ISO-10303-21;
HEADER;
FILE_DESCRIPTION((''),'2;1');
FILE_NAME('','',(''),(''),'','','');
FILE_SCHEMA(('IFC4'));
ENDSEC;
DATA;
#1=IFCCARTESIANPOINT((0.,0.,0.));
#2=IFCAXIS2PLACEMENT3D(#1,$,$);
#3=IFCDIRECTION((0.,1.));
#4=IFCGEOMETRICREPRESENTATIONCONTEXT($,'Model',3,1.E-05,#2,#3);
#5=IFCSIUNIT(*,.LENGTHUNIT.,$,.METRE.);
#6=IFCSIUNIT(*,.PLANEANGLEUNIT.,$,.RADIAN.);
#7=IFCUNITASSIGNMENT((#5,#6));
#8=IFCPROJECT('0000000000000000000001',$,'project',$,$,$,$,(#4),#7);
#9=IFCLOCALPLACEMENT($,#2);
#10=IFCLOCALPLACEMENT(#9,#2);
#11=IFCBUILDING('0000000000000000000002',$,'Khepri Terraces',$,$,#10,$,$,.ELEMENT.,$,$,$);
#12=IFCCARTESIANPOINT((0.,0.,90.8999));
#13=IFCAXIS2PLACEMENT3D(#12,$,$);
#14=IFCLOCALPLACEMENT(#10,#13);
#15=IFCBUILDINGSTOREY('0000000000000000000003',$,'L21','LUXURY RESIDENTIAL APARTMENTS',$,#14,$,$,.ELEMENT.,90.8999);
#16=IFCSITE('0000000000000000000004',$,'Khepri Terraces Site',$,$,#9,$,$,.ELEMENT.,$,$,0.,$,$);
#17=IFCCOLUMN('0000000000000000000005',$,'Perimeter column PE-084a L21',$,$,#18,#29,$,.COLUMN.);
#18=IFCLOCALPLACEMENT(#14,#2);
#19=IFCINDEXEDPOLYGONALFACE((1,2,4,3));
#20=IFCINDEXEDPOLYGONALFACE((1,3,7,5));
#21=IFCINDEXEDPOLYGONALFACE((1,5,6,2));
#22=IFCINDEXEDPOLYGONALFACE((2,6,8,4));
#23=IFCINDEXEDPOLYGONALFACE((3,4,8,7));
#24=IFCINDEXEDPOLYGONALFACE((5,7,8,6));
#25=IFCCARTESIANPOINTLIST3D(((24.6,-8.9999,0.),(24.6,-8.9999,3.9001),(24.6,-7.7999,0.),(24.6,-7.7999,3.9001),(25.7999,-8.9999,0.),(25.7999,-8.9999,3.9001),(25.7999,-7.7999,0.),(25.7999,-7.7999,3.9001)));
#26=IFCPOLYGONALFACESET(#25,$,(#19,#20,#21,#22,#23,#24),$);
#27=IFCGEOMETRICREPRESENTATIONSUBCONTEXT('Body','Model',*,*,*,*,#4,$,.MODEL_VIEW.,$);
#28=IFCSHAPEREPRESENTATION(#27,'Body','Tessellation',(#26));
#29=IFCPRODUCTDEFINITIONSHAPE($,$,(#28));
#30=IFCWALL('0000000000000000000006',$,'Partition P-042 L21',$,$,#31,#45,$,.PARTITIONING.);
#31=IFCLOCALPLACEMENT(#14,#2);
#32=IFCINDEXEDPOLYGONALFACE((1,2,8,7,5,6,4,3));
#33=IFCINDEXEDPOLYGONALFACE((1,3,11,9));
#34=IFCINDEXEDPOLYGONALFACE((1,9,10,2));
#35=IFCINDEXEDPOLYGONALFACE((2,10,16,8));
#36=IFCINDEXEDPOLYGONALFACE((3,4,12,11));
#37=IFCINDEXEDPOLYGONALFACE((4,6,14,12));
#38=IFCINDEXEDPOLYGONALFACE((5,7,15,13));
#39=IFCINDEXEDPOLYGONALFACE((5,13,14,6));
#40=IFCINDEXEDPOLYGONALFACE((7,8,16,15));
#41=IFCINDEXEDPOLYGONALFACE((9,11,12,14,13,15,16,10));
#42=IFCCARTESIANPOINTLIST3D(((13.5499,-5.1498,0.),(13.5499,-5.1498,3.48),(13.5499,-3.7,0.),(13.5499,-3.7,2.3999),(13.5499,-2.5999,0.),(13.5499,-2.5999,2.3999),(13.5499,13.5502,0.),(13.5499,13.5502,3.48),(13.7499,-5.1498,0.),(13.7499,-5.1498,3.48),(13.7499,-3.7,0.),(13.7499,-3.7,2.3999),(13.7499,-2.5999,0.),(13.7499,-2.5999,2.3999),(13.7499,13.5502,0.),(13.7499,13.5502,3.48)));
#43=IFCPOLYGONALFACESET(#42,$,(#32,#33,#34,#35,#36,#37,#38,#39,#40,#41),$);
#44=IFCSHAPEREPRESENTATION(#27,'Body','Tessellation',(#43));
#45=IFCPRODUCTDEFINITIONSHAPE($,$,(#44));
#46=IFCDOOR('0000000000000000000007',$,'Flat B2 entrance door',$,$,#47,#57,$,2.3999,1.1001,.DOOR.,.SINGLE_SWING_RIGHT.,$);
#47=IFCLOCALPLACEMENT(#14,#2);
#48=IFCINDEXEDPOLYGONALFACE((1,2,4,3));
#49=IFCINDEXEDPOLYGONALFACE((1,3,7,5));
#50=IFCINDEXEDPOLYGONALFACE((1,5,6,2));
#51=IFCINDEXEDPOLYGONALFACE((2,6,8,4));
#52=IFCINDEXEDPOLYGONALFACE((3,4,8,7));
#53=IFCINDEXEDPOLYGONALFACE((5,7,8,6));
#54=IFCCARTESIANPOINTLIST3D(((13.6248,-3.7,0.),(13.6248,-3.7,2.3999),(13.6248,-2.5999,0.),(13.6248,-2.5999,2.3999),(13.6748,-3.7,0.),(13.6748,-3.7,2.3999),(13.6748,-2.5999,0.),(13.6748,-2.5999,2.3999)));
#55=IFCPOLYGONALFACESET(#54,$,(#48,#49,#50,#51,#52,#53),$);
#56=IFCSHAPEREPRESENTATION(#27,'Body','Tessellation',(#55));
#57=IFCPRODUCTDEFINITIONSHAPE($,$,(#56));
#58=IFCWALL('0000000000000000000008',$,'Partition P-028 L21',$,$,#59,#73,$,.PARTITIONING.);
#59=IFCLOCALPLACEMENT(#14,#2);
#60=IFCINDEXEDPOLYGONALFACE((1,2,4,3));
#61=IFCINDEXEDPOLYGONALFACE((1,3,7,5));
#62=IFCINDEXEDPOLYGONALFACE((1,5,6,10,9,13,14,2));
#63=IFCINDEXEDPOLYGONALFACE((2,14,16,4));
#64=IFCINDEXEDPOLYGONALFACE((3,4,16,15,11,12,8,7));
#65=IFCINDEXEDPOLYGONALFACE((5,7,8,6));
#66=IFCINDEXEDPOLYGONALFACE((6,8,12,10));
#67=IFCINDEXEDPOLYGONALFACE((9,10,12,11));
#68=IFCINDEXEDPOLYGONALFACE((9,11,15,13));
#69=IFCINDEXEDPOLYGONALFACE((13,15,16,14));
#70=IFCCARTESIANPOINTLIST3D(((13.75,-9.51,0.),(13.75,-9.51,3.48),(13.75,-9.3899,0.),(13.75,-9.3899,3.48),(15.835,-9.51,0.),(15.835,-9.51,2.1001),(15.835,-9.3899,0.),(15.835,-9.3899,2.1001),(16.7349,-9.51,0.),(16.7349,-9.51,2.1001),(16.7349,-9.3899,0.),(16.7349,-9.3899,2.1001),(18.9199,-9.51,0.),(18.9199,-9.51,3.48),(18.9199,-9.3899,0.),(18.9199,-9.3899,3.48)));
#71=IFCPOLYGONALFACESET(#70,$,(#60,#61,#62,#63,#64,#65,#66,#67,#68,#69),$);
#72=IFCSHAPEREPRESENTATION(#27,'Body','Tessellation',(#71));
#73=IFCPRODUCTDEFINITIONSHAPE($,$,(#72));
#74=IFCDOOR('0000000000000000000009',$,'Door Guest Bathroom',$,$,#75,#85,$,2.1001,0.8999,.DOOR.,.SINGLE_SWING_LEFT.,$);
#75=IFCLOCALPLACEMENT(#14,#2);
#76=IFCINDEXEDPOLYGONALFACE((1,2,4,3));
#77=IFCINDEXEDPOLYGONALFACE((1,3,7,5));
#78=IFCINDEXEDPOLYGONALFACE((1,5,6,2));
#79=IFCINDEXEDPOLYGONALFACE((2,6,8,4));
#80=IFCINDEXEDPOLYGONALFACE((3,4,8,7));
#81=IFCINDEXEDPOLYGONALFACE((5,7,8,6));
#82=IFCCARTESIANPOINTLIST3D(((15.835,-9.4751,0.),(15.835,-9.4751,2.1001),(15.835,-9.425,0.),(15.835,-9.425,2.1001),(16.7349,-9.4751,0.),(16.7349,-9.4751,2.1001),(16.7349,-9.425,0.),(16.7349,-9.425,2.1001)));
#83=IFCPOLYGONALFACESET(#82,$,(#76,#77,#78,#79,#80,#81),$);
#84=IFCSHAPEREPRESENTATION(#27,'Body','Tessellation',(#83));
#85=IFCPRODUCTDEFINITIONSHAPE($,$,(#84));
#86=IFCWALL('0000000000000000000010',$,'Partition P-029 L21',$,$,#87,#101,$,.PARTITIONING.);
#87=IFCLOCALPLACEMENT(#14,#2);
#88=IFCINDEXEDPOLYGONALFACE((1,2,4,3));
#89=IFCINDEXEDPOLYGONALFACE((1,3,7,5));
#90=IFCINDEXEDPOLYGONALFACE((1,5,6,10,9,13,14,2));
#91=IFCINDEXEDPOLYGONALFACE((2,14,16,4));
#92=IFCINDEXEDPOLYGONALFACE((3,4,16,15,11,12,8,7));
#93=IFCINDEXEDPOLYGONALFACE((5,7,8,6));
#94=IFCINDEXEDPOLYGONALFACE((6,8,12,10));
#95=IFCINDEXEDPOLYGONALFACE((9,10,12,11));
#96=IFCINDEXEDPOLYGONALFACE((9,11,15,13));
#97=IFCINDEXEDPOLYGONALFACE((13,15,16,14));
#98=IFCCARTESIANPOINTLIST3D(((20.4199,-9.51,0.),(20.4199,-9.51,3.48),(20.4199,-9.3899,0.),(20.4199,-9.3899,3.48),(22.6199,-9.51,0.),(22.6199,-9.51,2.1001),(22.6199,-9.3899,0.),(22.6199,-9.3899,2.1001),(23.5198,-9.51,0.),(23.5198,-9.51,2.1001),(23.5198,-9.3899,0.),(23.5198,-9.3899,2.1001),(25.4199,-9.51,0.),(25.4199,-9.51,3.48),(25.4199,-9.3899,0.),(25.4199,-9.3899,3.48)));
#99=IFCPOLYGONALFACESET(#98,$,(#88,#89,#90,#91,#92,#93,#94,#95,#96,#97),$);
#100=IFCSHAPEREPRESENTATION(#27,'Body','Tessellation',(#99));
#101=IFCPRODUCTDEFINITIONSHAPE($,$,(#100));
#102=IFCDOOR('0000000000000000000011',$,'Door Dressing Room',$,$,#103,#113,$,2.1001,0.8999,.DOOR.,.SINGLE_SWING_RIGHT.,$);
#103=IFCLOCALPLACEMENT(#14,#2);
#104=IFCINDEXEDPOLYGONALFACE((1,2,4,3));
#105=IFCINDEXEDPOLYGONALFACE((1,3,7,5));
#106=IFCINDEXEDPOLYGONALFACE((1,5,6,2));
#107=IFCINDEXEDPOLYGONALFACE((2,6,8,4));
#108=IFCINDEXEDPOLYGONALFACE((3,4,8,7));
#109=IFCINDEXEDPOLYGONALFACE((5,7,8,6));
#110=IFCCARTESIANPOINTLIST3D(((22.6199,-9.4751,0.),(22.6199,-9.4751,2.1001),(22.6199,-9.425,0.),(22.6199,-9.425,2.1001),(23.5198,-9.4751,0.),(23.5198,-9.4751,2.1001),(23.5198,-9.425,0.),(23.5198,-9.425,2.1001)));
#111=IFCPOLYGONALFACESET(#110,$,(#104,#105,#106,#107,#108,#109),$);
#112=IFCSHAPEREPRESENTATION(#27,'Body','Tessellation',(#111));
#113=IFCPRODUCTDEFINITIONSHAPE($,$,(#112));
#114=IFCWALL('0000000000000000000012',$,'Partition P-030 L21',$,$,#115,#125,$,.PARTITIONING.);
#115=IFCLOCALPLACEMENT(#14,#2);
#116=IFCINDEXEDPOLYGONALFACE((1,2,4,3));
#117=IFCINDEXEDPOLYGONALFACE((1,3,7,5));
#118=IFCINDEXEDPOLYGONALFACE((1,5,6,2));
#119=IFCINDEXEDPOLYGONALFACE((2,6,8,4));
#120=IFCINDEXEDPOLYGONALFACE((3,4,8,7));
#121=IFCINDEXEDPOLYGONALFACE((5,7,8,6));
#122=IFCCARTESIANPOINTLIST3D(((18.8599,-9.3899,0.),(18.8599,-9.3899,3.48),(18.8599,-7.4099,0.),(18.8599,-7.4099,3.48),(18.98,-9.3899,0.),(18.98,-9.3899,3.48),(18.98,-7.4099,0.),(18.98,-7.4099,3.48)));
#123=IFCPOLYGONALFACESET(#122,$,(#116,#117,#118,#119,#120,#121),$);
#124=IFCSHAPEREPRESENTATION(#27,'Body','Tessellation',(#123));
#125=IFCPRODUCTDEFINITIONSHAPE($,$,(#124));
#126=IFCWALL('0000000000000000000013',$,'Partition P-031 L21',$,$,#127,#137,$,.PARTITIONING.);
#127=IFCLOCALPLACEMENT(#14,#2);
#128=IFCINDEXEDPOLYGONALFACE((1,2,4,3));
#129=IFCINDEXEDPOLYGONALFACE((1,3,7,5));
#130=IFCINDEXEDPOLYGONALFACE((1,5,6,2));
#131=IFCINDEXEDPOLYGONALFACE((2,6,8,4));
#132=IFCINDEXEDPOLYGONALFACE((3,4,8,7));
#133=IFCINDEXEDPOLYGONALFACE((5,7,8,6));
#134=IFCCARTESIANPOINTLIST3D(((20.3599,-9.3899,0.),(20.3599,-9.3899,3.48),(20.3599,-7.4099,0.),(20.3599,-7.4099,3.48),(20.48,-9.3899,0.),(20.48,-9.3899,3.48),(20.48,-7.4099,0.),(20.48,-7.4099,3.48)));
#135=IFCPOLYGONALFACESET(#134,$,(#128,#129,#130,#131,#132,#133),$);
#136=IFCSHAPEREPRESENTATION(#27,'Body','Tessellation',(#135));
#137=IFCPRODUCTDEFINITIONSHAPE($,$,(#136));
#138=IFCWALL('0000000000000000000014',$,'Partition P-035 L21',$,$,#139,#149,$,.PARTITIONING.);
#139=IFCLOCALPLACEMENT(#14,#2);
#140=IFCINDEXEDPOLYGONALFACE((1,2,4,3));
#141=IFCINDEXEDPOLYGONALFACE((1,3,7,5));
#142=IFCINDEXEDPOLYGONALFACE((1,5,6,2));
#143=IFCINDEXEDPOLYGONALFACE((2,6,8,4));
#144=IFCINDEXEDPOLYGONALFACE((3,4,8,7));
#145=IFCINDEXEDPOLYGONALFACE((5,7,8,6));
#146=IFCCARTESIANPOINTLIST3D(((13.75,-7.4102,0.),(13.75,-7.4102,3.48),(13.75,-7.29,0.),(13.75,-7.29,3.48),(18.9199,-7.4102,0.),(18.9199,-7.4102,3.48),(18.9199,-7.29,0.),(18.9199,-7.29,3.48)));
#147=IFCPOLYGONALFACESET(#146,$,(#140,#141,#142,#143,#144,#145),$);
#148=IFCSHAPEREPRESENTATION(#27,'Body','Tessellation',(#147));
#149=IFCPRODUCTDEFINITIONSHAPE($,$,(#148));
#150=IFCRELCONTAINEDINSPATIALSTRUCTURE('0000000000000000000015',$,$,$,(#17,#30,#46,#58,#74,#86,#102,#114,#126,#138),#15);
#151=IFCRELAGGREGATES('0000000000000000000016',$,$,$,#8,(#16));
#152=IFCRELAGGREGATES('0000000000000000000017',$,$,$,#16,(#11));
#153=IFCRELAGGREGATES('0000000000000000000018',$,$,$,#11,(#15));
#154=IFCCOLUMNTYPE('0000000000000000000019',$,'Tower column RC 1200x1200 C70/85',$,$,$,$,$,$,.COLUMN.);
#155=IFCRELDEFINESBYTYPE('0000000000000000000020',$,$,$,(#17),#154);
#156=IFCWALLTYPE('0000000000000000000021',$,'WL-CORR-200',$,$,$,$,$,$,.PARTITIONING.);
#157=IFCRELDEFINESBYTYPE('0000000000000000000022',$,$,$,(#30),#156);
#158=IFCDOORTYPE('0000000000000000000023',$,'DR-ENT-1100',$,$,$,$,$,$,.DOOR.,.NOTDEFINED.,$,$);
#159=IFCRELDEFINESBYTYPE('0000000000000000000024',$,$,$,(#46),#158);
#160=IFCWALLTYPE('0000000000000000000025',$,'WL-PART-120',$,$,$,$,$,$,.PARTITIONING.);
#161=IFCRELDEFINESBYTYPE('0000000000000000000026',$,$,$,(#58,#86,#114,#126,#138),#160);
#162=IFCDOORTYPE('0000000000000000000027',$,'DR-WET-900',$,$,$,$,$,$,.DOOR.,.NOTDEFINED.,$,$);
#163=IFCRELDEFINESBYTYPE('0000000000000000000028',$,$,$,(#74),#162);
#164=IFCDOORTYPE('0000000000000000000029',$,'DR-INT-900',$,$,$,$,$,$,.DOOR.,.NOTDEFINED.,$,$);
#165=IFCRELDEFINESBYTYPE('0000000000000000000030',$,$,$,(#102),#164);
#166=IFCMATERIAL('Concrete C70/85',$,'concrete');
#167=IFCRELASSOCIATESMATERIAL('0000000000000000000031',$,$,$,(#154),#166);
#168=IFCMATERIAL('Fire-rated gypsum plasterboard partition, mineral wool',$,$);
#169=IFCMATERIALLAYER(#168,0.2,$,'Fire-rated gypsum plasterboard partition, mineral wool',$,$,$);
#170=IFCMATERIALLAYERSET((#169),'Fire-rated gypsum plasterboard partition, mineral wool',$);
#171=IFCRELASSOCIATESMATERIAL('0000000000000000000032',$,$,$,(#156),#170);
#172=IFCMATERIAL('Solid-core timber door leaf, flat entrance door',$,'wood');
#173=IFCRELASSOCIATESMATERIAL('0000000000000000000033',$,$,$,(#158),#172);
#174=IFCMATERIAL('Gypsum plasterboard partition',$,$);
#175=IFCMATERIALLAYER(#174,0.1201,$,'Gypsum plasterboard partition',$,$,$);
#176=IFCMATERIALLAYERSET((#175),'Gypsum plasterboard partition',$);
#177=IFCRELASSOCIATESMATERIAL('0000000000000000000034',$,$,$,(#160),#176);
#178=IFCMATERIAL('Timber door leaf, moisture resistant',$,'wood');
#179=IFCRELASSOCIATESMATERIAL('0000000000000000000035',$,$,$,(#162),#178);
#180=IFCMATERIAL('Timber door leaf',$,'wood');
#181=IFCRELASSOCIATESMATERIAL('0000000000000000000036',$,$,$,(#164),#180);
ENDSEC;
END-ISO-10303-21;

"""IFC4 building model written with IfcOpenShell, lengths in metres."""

from ifc_helpers import new_model, si_unit, direction, frame, frame_2d, origin, origin_2d, place, context, subcontext, project, spatial, rectangle, extrude, material, layer, layer_set, material_profile, profile_set, type_object, element, fill, save


model = new_model("IFC4")

# Units and contexts
model_context = context("Model", 3, precision=1e-05, world=origin(), true_north=direction((0.0, 1.0)))
body_context = subcontext(model_context, "Body", "Model", "MODEL_VIEW")
ifc_project = project(units=[si_unit("LENGTHUNIT", "METRE"), si_unit("PLANEANGLEUNIT", "RADIAN")], contexts=[model_context])

# Site, building, storey
site_placement = place(None, origin())
site = spatial("IfcSite", under=ifc_project, at=site_placement, Name="Khepri Terraces Site", CompositionType="ELEMENT", RefElevation=0.0)
building_placement = place(site_placement, origin())
building = spatial("IfcBuilding", under=site, at=building_placement, Name="Khepri Terraces", CompositionType="ELEMENT")
storey_placement = place(building_placement, frame((0.0, 0.0, 90.8999)))
storey = spatial("IfcBuildingStorey", under=building, at=storey_placement, Name="L21", Description="LUXURY RESIDENTIAL APARTMENTS", CompositionType="ELEMENT", Elevation=90.8999)

# Column
ifc_material_1 = material(Name="Concrete C70/85", Category="concrete")
ifc_material_profile = material_profile(ifc_material_1, rectangle(XDim=1.2, YDim=1.2, at=origin_2d()), Name="Concrete C70/85", Category="concrete")
ifc_profile_set = profile_set([ifc_material_profile], Name="Concrete C70/85")
column_type = type_object("IfcColumnType", Name="Tower column RC 1200x1200 C70/85", PredefinedType="COLUMN", material=ifc_profile_set)
column_placement = place(storey_placement, frame((25.2, -8.3999, 0.0), z_axis=(0.0, 0.0, 1.0), x_axis=(1.0, 0.0, 0.0)))
element("IfcColumn", 1, at=column_placement, inside=storey, type_object=column_type, Name="Perimeter column PE-084a L21", PredefinedType="COLUMN", context=body_context, shape_type="SweptSolid", body=[
    extrude(rectangle(XDim=1.2, YDim=1.2, at=origin_2d()), origin(), (0.0, 0.0, 1.0), 3.9001),
])

# Wall, opening, door
ifc_material_2 = material(Name="Fire-rated gypsum plasterboard partition, mineral wool")
ifc_layer_1 = layer(ifc_material_2, 0.2, Name="Fire-rated gypsum plasterboard partition, mineral wool")
ifc_layer_set_1 = layer_set([ifc_layer_1], Name="Fire-rated gypsum plasterboard partition, mineral wool")
wall_type_1 = type_object("IfcWallType", Name="WL-CORR-200", PredefinedType="PARTITIONING", material=ifc_layer_set_1)
wall_1_placement = place(storey_placement, frame((13.6499, -5.1499, 0.0), z_axis=(0.0, 0.0, 1.0), x_axis=(0.0, 1.0, 0.0)))
wall_1 = element("IfcWall", 2, at=wall_1_placement, inside=storey, type_object=wall_type_1, Name="Partition P-042 L21", PredefinedType="PARTITIONING", context=body_context, shape_type="SweptSolid", body=[
    extrude(rectangle(XDim=18.7, YDim=0.2, at=frame_2d((9.3501, 0.0))), origin(), (0.0, 0.0, 1.0), 3.48),
])
opening_1_placement = place(wall_1_placement, frame((1.45, 0.0, 0.0)))
opening_1 = element("IfcOpeningElement", 3, at=opening_1_placement, cuts=wall_1, PredefinedType="OPENING", context=body_context, shape_type="SweptSolid", body=[
    extrude(rectangle(XDim=1.1001, YDim=2.3999, at=frame_2d((0.55, 1.2))), frame((0.0, 0.1099, 0.0), z_axis=(0.0, -1.0, 0.0), x_axis=(1.0, 0.0, 0.0)), (0.0, 0.0, 1.0), 0.22),
])
ifc_material_3 = material(Name="Solid-core timber door leaf, flat entrance door", Category="wood")
door_type_1 = type_object("IfcDoorType", Name="DR-ENT-1100", OperationType="NOTDEFINED", PredefinedType="DOOR", material=ifc_material_3)
door_1_placement = place(opening_1_placement, frame((1.1001, 0.0, 0.0), z_axis=(0.0, 0.0, 1.0), x_axis=(-1.0, 0.0, 0.0)))
door_1 = element("IfcDoor", 4, at=door_1_placement, inside=storey, type_object=door_type_1, Name="Flat B2 entrance door", OperationType="SINGLE_SWING_RIGHT", OverallHeight=2.3999, OverallWidth=1.1001, PredefinedType="DOOR", context=body_context, shape_type="SweptSolid", body=[
    extrude(rectangle(XDim=1.1001, YDim=2.3999, at=frame_2d((0.55, 1.2))), frame((0.0, 0.0249, 0.0), z_axis=(0.0, -1.0, 0.0), x_axis=(1.0, 0.0, 0.0)), (0.0, 0.0, 1.0), 0.05),
])
fill(opening_1, door_1)

# Walls, openings, doors
ifc_material_4 = material(Name="Gypsum plasterboard partition")
ifc_layer_2 = layer(ifc_material_4, 0.1201, Name="Gypsum plasterboard partition")
ifc_layer_set_2 = layer_set([ifc_layer_2], Name="Gypsum plasterboard partition")
wall_type_2 = type_object("IfcWallType", Name="WL-PART-120", PredefinedType="PARTITIONING", material=ifc_layer_set_2)
wall_2_placement = place(storey_placement, frame((13.75, -9.45, 0.0), z_axis=(0.0, 0.0, 1.0), x_axis=(1.0, 0.0, 0.0)))
wall_2 = element("IfcWall", 5, at=wall_2_placement, inside=storey, type_object=wall_type_2, Name="Partition P-028 L21", PredefinedType="PARTITIONING", context=body_context, shape_type="SweptSolid", body=[
    extrude(rectangle(XDim=5.1699, YDim=0.1201, at=frame_2d((2.585, 0.0))), origin(), (0.0, 0.0, 1.0), 3.48),
])
opening_2_placement = place(wall_2_placement, frame((2.085, 0.0, 0.0)))
opening_2 = element("IfcOpeningElement", 6, at=opening_2_placement, cuts=wall_2, PredefinedType="OPENING", context=body_context, shape_type="SweptSolid", body=[
    extrude(rectangle(XDim=0.8999, YDim=2.1001, at=frame_2d((0.45, 1.05))), frame((0.0, 0.0701, 0.0), z_axis=(0.0, -1.0, 0.0), x_axis=(1.0, 0.0, 0.0)), (0.0, 0.0, 1.0), 0.1401),
])
ifc_material_5 = material(Name="Timber door leaf, moisture resistant", Category="wood")
door_type_2 = type_object("IfcDoorType", Name="DR-WET-900", OperationType="NOTDEFINED", PredefinedType="DOOR", material=ifc_material_5)
door_2_placement = place(opening_2_placement, origin())
door_2 = element("IfcDoor", 7, at=door_2_placement, inside=storey, type_object=door_type_2, Name="Door Guest Bathroom", OperationType="SINGLE_SWING_LEFT", OverallHeight=2.1001, OverallWidth=0.8999, PredefinedType="DOOR", context=body_context, shape_type="SweptSolid", body=[
    extrude(rectangle(XDim=0.8999, YDim=2.1001, at=frame_2d((0.45, 1.05))), frame((0.0, 0.0249, 0.0), z_axis=(0.0, -1.0, 0.0), x_axis=(1.0, 0.0, 0.0)), (0.0, 0.0, 1.0), 0.05),
])
fill(opening_2, door_2)
wall_3_placement = place(storey_placement, frame((20.4199, -9.45, 0.0), z_axis=(0.0, 0.0, 1.0), x_axis=(1.0, 0.0, 0.0)))
wall_3 = element("IfcWall", 8, at=wall_3_placement, inside=storey, type_object=wall_type_2, Name="Partition P-029 L21", PredefinedType="PARTITIONING", context=body_context, shape_type="SweptSolid", body=[
    extrude(rectangle(XDim=5.0, YDim=0.1201, at=frame_2d((2.5, 0.0))), origin(), (0.0, 0.0, 1.0), 3.48),
])
opening_3_placement = place(wall_3_placement, frame((2.2, 0.0, 0.0)))
opening_3 = element("IfcOpeningElement", 9, at=opening_3_placement, cuts=wall_3, PredefinedType="OPENING", context=body_context, shape_type="SweptSolid", body=[
    extrude(rectangle(XDim=0.8999, YDim=2.1001, at=frame_2d((0.45, 1.05))), frame((0.0, 0.0701, 0.0), z_axis=(0.0, -1.0, 0.0), x_axis=(1.0, 0.0, 0.0)), (0.0, 0.0, 1.0), 0.1401),
])
ifc_material_6 = material(Name="Timber door leaf", Category="wood")
door_type_3 = type_object("IfcDoorType", Name="DR-INT-900", OperationType="NOTDEFINED", PredefinedType="DOOR", material=ifc_material_6)
door_3_placement = place(opening_3_placement, origin())
door_3 = element("IfcDoor", 10, at=door_3_placement, inside=storey, type_object=door_type_3, Name="Door Dressing Room", OperationType="SINGLE_SWING_RIGHT", OverallHeight=2.1001, OverallWidth=0.8999, PredefinedType="DOOR", context=body_context, shape_type="SweptSolid", body=[
    extrude(rectangle(XDim=0.8999, YDim=2.1001, at=frame_2d((0.45, 1.05))), frame((0.0, 0.0249, 0.0), z_axis=(0.0, -1.0, 0.0), x_axis=(1.0, 0.0, 0.0)), (0.0, 0.0, 1.0), 0.05),
])
fill(opening_3, door_3)

# Walls
for number, where, z_axis, x_axis, name in (
    (11, (18.9199, -9.3899, 0.0), (0.0, 0.0, 1.0), (0.0, 1.0, 0.0), "Partition P-030 L21"),
    (12, (20.4199, -9.3899, 0.0), (0.0, 0.0, 1.0), (0.0, 1.0, 0.0), "Partition P-031 L21"),
):
    element("IfcWall", number, at=place(storey_placement, frame(where, z_axis=z_axis, x_axis=x_axis)), inside=storey, type_object=wall_type_2, Name=name, PredefinedType="PARTITIONING", context=body_context, shape_type="SweptSolid", body=[
        extrude(rectangle(XDim=1.98, YDim=0.1201, at=frame_2d((0.99, 0.0))), origin(), (0.0, 0.0, 1.0), 3.48),
    ])
wall_4_placement = place(storey_placement, frame((13.75, -7.3501, 0.0), z_axis=(0.0, 0.0, 1.0), x_axis=(1.0, 0.0, 0.0)))
element("IfcWall", 13, at=wall_4_placement, inside=storey, type_object=wall_type_2, Name="Partition P-035 L21", PredefinedType="PARTITIONING", context=body_context, shape_type="SweptSolid", body=[
    extrude(rectangle(XDim=5.1699, YDim=0.1201, at=frame_2d((2.585, 0.0))), origin(), (0.0, 0.0, 1.0), 3.48),
])

save(model, "model.ifc")
